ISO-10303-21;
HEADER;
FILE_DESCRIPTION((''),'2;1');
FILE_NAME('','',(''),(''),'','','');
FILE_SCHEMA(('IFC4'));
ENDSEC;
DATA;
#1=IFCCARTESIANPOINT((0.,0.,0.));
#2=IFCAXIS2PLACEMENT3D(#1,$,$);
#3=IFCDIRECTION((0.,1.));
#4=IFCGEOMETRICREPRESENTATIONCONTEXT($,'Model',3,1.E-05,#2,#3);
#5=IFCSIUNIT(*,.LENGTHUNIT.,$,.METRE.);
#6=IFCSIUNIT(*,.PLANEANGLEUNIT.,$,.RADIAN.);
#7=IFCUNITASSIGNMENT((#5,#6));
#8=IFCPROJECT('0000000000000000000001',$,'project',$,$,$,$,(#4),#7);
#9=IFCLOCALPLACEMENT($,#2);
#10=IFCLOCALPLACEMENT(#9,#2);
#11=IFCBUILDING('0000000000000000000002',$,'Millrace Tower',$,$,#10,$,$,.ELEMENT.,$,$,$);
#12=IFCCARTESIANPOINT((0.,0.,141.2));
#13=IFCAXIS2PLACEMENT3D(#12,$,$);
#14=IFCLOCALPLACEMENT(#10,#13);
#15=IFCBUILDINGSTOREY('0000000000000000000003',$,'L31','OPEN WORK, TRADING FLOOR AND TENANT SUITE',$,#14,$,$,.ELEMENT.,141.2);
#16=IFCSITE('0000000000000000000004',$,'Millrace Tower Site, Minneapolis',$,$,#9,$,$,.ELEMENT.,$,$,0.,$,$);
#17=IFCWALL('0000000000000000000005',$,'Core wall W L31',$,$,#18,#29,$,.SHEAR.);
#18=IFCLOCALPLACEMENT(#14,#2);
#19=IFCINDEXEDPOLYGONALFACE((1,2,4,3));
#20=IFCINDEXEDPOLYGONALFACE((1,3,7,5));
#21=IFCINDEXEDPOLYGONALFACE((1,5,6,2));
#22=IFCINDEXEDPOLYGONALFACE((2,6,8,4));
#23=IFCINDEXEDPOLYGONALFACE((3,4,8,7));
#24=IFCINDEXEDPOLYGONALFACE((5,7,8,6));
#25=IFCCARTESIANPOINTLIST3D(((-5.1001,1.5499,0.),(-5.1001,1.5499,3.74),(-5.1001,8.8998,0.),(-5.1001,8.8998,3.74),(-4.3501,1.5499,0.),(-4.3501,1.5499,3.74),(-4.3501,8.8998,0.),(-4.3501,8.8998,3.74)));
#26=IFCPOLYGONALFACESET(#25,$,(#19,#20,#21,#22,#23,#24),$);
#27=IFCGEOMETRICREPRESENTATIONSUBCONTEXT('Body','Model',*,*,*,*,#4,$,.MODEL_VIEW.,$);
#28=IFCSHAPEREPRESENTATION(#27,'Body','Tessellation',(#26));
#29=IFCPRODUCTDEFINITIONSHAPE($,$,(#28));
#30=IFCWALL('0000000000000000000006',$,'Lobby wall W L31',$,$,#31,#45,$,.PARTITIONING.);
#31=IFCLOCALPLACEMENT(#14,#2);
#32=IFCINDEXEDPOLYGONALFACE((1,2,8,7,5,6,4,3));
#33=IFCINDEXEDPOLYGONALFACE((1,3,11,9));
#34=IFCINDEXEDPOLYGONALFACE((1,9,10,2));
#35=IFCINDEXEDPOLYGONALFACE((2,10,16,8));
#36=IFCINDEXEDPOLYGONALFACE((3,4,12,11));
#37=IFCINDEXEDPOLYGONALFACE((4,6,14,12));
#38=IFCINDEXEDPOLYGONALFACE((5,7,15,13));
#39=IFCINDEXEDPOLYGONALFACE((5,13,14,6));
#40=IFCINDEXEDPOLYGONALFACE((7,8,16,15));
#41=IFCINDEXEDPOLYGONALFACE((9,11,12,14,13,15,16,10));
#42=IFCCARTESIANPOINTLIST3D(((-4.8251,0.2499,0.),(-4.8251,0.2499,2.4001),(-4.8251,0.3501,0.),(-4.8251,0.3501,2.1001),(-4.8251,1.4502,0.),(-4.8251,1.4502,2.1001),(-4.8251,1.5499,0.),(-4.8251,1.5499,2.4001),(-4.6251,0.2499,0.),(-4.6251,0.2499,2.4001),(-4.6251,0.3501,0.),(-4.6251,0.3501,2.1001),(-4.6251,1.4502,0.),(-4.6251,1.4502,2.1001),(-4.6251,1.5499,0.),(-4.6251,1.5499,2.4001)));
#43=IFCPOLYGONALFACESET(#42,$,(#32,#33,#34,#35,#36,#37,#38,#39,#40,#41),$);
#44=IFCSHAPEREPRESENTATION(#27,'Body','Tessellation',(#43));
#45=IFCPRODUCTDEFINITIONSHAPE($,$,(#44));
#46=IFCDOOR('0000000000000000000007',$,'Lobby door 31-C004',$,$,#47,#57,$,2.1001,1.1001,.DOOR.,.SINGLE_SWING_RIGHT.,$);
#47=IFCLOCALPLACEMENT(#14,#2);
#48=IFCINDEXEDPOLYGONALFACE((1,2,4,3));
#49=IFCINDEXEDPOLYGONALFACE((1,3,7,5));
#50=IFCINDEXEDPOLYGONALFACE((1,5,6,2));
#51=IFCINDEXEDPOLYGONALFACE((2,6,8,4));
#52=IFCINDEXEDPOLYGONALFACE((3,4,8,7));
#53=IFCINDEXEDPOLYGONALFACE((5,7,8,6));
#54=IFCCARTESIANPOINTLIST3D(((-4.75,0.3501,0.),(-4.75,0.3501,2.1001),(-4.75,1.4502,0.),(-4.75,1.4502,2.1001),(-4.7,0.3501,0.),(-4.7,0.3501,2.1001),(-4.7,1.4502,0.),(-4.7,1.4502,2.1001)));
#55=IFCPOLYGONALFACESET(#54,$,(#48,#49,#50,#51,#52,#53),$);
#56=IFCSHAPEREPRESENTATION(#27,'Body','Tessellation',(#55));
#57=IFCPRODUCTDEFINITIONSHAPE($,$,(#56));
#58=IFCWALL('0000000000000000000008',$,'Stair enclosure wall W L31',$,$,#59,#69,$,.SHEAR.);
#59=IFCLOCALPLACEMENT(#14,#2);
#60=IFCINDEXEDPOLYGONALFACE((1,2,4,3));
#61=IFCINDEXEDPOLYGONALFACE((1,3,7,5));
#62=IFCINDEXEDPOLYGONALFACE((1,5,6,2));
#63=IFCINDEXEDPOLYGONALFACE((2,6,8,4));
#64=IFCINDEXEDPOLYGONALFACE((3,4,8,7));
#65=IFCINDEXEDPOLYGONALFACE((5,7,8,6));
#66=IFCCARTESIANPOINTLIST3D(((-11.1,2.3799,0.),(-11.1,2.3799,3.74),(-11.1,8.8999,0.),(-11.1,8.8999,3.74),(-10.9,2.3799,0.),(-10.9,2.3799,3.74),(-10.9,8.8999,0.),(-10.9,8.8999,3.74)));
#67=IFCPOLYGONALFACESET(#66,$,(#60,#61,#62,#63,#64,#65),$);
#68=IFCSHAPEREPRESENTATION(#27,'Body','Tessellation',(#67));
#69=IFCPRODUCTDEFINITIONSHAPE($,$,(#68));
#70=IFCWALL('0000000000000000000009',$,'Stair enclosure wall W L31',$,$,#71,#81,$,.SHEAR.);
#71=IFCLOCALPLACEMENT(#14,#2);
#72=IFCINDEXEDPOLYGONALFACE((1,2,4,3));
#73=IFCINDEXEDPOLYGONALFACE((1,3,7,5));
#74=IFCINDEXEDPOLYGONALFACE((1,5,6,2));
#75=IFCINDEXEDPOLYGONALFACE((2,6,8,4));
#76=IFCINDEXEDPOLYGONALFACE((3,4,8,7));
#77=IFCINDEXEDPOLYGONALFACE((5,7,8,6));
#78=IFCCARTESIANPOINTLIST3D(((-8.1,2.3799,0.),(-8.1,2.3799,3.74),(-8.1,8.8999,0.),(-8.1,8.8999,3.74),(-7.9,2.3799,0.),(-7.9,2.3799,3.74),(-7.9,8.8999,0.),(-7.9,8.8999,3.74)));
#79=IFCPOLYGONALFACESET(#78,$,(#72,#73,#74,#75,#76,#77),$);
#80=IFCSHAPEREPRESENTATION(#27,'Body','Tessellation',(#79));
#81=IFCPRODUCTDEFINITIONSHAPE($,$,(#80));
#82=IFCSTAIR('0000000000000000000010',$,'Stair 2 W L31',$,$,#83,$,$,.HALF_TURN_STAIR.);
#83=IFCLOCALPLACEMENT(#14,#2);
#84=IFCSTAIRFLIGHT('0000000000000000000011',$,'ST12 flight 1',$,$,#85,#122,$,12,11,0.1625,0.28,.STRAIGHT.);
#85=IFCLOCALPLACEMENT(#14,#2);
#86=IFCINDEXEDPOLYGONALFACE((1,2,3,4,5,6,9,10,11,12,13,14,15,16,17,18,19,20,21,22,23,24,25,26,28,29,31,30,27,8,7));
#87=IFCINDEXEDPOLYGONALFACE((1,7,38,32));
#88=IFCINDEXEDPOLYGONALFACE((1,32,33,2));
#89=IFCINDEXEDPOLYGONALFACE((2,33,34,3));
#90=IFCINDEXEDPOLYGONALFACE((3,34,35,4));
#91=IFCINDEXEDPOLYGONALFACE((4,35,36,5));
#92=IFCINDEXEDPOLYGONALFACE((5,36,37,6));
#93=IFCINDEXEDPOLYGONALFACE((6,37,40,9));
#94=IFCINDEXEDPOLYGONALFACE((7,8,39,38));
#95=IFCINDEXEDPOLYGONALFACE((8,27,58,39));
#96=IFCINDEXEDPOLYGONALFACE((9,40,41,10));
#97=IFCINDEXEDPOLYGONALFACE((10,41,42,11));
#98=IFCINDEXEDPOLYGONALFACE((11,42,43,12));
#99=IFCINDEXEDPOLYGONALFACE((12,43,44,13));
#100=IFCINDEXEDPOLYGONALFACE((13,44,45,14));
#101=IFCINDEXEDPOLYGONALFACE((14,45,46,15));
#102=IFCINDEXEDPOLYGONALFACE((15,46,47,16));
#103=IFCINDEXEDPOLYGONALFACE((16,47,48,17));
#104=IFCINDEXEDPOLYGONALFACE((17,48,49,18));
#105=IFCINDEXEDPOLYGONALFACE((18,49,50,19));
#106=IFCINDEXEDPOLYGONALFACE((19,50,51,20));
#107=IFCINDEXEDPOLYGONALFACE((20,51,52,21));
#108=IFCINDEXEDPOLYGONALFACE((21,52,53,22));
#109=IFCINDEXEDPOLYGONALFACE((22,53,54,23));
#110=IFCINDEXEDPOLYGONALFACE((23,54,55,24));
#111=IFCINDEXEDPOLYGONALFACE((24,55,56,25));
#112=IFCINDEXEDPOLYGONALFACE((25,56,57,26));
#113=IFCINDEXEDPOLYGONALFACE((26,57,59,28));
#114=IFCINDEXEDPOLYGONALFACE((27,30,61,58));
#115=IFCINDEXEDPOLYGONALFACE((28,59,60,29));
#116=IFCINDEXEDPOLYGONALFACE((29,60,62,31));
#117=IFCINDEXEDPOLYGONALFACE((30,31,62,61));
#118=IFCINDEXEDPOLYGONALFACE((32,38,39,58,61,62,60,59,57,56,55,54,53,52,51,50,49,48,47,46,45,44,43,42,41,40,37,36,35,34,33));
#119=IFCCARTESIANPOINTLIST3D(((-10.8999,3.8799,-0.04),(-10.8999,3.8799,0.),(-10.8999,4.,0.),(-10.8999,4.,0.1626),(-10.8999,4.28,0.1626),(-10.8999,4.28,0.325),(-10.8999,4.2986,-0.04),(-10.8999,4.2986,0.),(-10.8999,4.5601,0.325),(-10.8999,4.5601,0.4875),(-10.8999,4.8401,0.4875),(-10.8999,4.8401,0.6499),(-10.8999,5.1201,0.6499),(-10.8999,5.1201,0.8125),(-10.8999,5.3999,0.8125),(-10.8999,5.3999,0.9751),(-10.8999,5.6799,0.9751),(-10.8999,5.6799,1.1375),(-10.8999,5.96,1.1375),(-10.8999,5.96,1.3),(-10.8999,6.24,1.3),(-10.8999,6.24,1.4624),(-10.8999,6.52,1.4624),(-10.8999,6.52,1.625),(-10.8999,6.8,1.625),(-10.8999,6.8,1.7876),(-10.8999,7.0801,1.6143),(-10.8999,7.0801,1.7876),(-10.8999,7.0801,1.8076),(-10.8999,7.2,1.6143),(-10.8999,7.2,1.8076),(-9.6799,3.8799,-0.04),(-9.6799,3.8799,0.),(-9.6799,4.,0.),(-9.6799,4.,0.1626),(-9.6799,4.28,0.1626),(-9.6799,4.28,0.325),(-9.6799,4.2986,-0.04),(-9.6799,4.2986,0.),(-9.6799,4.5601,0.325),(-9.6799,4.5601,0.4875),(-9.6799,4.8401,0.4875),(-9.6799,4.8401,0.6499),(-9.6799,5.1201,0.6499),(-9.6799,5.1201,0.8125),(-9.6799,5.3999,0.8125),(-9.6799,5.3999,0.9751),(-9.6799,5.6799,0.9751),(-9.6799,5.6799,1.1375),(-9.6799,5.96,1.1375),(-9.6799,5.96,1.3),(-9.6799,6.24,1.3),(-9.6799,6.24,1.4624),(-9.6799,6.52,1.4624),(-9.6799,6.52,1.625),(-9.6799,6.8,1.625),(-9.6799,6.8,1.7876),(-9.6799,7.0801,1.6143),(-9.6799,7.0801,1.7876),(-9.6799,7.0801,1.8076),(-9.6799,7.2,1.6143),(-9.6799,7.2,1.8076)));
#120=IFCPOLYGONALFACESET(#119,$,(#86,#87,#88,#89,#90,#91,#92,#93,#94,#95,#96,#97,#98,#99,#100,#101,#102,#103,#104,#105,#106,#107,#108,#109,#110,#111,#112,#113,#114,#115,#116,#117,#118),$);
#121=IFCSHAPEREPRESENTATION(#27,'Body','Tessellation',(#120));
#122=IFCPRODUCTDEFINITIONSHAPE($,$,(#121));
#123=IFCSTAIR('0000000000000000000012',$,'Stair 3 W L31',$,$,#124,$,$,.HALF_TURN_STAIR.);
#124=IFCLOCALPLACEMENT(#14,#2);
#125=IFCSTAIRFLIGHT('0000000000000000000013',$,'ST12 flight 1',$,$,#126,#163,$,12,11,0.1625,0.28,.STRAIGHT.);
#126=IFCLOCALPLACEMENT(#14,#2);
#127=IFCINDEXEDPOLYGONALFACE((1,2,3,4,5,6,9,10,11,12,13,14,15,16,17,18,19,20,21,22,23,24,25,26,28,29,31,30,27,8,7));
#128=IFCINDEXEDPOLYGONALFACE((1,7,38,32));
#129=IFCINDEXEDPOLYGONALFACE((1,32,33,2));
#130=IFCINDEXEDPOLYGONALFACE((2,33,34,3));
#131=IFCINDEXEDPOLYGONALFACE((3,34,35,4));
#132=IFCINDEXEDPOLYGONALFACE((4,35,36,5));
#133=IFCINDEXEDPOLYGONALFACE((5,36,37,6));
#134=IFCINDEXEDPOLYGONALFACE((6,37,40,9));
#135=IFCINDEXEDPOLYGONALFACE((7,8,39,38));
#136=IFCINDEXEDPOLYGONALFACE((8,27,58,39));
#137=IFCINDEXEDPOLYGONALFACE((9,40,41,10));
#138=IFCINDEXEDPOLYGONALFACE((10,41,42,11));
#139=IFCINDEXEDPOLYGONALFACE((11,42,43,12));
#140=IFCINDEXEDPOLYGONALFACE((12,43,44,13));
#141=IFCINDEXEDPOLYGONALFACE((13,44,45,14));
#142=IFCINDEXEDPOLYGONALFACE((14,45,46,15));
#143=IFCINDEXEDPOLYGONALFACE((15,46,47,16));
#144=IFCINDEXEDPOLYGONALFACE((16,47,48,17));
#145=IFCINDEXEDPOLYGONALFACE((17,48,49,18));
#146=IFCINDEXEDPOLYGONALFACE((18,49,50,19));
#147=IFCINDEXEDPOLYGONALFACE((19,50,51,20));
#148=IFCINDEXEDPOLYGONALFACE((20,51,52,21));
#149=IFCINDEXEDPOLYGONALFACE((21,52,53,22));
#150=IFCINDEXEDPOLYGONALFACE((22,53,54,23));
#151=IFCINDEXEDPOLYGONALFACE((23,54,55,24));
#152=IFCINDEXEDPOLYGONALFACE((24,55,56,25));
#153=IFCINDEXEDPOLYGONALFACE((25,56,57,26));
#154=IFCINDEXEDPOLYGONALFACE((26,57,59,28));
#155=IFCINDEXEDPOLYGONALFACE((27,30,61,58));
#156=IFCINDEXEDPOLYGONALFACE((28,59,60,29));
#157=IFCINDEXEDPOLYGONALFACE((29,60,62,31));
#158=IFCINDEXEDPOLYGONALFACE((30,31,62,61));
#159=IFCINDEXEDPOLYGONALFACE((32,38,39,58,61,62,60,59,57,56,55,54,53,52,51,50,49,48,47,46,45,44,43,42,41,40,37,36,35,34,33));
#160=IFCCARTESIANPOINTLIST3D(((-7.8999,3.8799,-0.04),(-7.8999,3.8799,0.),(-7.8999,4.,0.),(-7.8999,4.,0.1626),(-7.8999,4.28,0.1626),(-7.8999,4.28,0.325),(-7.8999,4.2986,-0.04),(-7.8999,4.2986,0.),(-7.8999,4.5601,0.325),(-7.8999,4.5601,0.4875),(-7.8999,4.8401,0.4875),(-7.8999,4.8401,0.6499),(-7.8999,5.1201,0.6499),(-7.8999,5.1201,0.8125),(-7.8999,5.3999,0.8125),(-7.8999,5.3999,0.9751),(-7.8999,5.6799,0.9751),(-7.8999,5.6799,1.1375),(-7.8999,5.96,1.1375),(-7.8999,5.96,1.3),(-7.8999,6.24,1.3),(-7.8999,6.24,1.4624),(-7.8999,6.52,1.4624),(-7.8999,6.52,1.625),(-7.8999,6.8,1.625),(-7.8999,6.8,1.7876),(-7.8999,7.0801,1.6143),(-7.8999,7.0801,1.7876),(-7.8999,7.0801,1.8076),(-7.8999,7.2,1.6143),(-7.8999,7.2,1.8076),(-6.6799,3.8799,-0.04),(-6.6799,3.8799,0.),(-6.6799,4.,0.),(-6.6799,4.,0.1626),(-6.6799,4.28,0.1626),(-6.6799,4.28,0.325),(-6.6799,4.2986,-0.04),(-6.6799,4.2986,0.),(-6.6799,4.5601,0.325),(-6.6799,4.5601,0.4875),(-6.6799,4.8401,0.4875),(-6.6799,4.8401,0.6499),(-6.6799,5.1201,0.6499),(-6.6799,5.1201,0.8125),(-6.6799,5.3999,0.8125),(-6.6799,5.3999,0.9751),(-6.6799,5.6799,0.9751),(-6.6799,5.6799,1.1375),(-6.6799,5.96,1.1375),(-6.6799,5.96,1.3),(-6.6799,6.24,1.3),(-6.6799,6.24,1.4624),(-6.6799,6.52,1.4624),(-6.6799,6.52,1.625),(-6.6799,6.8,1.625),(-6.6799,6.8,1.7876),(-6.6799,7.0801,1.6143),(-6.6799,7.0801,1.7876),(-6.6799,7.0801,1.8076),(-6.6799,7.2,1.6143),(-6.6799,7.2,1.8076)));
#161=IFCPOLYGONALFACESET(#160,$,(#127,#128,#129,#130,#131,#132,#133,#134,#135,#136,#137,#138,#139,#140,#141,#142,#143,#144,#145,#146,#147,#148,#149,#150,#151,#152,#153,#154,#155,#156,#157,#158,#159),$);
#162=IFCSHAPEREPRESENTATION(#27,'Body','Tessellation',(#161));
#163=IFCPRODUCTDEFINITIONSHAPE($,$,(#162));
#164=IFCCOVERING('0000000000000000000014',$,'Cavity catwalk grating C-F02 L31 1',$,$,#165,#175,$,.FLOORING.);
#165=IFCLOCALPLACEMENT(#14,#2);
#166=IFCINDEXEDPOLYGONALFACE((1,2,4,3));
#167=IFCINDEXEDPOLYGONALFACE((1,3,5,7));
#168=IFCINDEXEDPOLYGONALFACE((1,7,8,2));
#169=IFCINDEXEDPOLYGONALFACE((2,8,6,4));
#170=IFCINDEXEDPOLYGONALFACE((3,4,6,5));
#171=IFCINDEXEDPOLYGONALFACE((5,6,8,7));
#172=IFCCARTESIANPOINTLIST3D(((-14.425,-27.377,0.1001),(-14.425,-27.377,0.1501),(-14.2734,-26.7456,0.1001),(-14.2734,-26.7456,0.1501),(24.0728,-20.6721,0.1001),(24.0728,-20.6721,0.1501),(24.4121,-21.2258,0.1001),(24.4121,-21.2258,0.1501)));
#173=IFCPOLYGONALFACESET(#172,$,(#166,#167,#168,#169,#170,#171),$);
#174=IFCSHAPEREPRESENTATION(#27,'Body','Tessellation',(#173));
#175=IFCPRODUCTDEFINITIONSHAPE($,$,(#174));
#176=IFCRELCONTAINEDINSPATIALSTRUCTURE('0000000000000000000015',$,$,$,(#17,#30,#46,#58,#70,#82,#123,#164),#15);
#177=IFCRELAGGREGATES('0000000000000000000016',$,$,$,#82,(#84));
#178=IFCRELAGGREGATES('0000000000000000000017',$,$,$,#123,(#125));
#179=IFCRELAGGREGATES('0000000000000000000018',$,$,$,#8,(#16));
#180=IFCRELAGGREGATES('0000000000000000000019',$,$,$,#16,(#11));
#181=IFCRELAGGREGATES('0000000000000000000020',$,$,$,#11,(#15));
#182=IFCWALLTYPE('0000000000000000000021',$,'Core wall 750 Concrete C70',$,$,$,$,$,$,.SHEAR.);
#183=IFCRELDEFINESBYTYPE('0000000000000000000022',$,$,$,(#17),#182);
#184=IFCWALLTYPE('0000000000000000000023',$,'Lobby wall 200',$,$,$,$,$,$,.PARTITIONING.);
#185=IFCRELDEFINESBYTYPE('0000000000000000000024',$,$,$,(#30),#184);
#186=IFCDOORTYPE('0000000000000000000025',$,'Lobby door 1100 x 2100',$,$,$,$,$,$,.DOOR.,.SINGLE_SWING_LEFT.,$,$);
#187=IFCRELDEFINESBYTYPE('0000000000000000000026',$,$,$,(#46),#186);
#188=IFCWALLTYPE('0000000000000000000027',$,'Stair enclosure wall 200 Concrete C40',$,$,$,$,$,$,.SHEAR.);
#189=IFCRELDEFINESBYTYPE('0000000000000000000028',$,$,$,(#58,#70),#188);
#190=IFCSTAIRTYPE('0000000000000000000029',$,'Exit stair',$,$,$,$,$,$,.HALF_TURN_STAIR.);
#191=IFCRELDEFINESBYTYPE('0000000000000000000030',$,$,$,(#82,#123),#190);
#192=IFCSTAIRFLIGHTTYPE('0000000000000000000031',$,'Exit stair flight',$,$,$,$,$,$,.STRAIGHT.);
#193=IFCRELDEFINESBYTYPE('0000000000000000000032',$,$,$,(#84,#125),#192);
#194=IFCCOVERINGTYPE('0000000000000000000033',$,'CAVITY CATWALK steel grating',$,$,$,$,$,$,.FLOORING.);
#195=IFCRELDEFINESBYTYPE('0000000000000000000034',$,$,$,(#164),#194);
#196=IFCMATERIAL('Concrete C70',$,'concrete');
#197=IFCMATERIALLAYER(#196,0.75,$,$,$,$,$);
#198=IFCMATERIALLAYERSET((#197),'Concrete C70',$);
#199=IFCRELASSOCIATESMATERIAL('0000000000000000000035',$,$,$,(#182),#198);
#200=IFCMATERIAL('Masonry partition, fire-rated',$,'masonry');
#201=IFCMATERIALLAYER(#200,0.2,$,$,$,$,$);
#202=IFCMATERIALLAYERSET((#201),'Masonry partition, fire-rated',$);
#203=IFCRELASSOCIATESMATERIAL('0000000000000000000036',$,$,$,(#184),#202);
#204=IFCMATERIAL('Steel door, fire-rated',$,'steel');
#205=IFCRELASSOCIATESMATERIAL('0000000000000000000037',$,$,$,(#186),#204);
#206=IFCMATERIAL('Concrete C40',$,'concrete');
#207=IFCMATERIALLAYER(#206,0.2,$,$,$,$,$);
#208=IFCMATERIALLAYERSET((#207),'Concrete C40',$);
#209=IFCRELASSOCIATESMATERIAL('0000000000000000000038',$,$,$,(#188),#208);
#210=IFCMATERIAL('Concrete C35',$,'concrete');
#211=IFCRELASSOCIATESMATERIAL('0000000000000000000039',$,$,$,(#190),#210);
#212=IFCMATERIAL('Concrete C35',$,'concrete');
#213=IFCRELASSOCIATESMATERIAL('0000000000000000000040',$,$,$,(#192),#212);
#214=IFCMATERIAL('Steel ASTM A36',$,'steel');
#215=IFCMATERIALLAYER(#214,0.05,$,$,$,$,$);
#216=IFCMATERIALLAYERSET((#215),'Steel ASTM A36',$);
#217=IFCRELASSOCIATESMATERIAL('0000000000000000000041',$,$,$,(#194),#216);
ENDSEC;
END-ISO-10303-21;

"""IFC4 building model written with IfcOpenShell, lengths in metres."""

from ifc_helpers import new_model, si_unit, direction, frame, frame_2d, origin, place, context, subcontext, project, spatial, polyline, rectangle, outline, extrude, material, layer, layer_set, type_object, element, fill, aggregate, save


model = new_model("IFC4")

# Units and contexts
model_context = context("Model", 3, precision=1e-05, world=origin(), true_north=direction((0.0, 1.0)))
body_context = subcontext(model_context, "Body", "Model", "MODEL_VIEW")
ifc_project = project(units=[si_unit("LENGTHUNIT", "METRE"), si_unit("PLANEANGLEUNIT", "RADIAN")], contexts=[model_context])

# Site, building, storey
site_placement = place(None, origin())
site = spatial("IfcSite", under=ifc_project, at=site_placement, Name="Millrace Tower Site, Minneapolis", CompositionType="ELEMENT", RefElevation=0.0)
building_placement = place(site_placement, origin())
building = spatial("IfcBuilding", under=site, at=building_placement, Name="Millrace Tower", CompositionType="ELEMENT")
storey_placement = place(building_placement, frame((0.0, 0.0, 141.2)))
storey = spatial("IfcBuildingStorey", under=building, at=storey_placement, Name="L31", Description="OPEN WORK, TRADING FLOOR AND TENANT SUITE", CompositionType="ELEMENT", Elevation=141.2)

# Shared definitions
placement_1 = place(storey_placement, origin())

# Wall
ifc_material_1 = material(Name="Concrete C70", Category="concrete")
ifc_layer_1 = layer(ifc_material_1, 0.75)
ifc_layer_set_1 = layer_set([ifc_layer_1], Name="Concrete C70")
wall_type_1 = type_object("IfcWallType", Name="Core wall 750 Concrete C70", PredefinedType="SHEAR", material=ifc_layer_set_1)
wall_1_placement = place(storey_placement, frame((-4.7251, 1.55, 0.0), z_axis=(0.0, 0.0, 1.0), x_axis=(0.0, 1.0, 0.0)))
element("IfcWall", 1, at=wall_1_placement, inside=storey, type_object=wall_type_1, Name="Core wall W L31", PredefinedType="SHEAR", context=body_context, shape_type="SweptSolid", body=[
    extrude(rectangle(XDim=7.3499, YDim=0.75, at=frame_2d((3.6748, 0.0))), origin(), (0.0, 0.0, 1.0), 3.74),
])

# Wall, opening, door
ifc_material_2 = material(Name="Masonry partition, fire-rated", Category="masonry")
ifc_layer_2 = layer(ifc_material_2, 0.2)
ifc_layer_set_2 = layer_set([ifc_layer_2], Name="Masonry partition, fire-rated")
wall_type_2 = type_object("IfcWallType", Name="Lobby wall 200", PredefinedType="PARTITIONING", material=ifc_layer_set_2)
wall_2_placement = place(storey_placement, frame((-4.7251, 0.25, 0.0), z_axis=(0.0, 0.0, 1.0), x_axis=(0.0, 1.0, 0.0)))
wall_2 = element("IfcWall", 2, at=wall_2_placement, inside=storey, type_object=wall_type_2, Name="Lobby wall W L31", PredefinedType="PARTITIONING", context=body_context, shape_type="SweptSolid", body=[
    extrude(rectangle(XDim=1.3, YDim=0.2, at=frame_2d((0.6499, 0.0))), origin(), (0.0, 0.0, 1.0), 2.4001),
])
opening_placement = place(wall_2_placement, frame((0.1001, 0.0, 0.0)))
opening = element("IfcOpeningElement", 3, at=opening_placement, cuts=wall_2, PredefinedType="OPENING", context=body_context, shape_type="SweptSolid", body=[
    extrude(rectangle(XDim=1.1001, YDim=2.1001, at=frame_2d((0.55, 1.05))), frame((0.0, 0.1099, 0.0), z_axis=(0.0, -1.0, 0.0), x_axis=(1.0, 0.0, 0.0)), (0.0, 0.0, 1.0), 0.22),
])
ifc_material_3 = material(Name="Steel door, fire-rated", Category="steel")
door_type = type_object("IfcDoorType", Name="Lobby door 1100 x 2100", OperationType="SINGLE_SWING_LEFT", PredefinedType="DOOR", material=ifc_material_3)
door_placement = place(opening_placement, origin())
door = element("IfcDoor", 4, at=door_placement, inside=storey, type_object=door_type, Name="Lobby door 31-C004", OperationType="SINGLE_SWING_RIGHT", OverallHeight=2.1001, OverallWidth=1.1001, PredefinedType="DOOR", context=body_context, shape_type="SweptSolid", body=[
    extrude(rectangle(XDim=1.1001, YDim=2.1001, at=frame_2d((0.55, 1.05))), frame((0.0, 0.0249, 0.0), z_axis=(0.0, -1.0, 0.0), x_axis=(1.0, 0.0, 0.0)), (0.0, 0.0, 1.0), 0.05),
])
fill(opening, door)

# Walls
ifc_material_4 = material(Name="Concrete C40", Category="concrete")
ifc_layer_3 = layer(ifc_material_4, 0.2)
ifc_layer_set_3 = layer_set([ifc_layer_3], Name="Concrete C40")
wall_type_3 = type_object("IfcWallType", Name="Stair enclosure wall 200 Concrete C40", PredefinedType="SHEAR", material=ifc_layer_set_3)
for number, where, z_axis, x_axis, name in (
    (5, (-11.0, 2.3799, 0.0), (0.0, 0.0, 1.0), (0.0, 1.0, 0.0), "Stair enclosure wall W L31"),
    (6, (-8.0, 2.3799, 0.0), (0.0, 0.0, 1.0), (0.0, 1.0, 0.0), "Stair enclosure wall W L31"),
):
    element("IfcWall", number, at=place(storey_placement, frame(where, z_axis=z_axis, x_axis=x_axis)), inside=storey, type_object=wall_type_3, Name=name, PredefinedType="SHEAR", context=body_context, shape_type="SweptSolid", body=[
        extrude(rectangle(XDim=6.52, YDim=0.2, at=frame_2d((3.26, 0.0))), origin(), (0.0, 0.0, 1.0), 3.74),
    ])

# Stairs, stair flights
ifc_material_5 = material(Name="Concrete C35", Category="concrete")
stair_type = type_object("IfcStairType", Name="Exit stair", PredefinedType="HALF_TURN_STAIR", material=ifc_material_5)
stair_1 = element("IfcStair", 7, at=placement_1, inside=storey, type_object=stair_type, Name="Stair 2 W L31", PredefinedType="HALF_TURN_STAIR")
ifc_material_6 = material(Name="Concrete C35", Category="concrete")
stair_flight_type = type_object("IfcStairFlightType", Name="Exit stair flight", PredefinedType="STRAIGHT", material=ifc_material_6)
stair_flight_1_placement = place(storey_placement, frame((-10.29, 4.0, 0.0), z_axis=(0.0, 0.0, 1.0), x_axis=(0.0, 1.0, 0.0)))
stair_flight_1 = element("IfcStairFlight", 8, at=stair_flight_1_placement, type_object=stair_flight_type, Name="ST12 flight 1", NumberOfRisers=12, NumberOfTreads=11, PredefinedType="STRAIGHT", RiserHeight=0.1625, TreadLength=0.28, context=body_context, shape_type="SweptSolid", body=[
    extrude(outline(polyline([(-0.1201, -0.04), (-0.1201, 0.0), (0.0, 0.0), (0.0, 0.1626), (0.28, 0.1626), (0.28, 0.325), (0.5601, 0.325), (0.5601, 0.4875), (0.8401, 0.4875), (0.8401, 0.6499), (1.1201, 0.6499), (1.1201, 0.8125), (1.3999, 0.8125), (1.3999, 0.9751), (1.6799, 0.9751), (1.6799, 1.1375), (1.96, 1.1375), (1.96, 1.3), (2.24, 1.3), (2.24, 1.4624), (2.52, 1.4624), (2.52, 1.625), (2.8, 1.625), (2.8, 1.7876), (3.0801, 1.7876), (3.0801, 1.8076), (3.2, 1.8076), (3.2, 1.6143), (3.0801, 1.6143), (0.2986, 0.0), (0.2986, -0.04), (-0.1201, -0.04)])), frame((0.0, 0.6099, 0.0), z_axis=(0.0, -1.0, 0.0), x_axis=(1.0, 0.0, 0.0)), (0.0, 0.0, 1.0), 1.22),
])
aggregate(stair_1, [stair_flight_1])
stair_2 = element("IfcStair", 9, at=placement_1, inside=storey, type_object=stair_type, Name="Stair 3 W L31", PredefinedType="HALF_TURN_STAIR")
stair_flight_2_placement = place(storey_placement, frame((-7.29, 4.0, 0.0), z_axis=(0.0, 0.0, 1.0), x_axis=(0.0, 1.0, 0.0)))
stair_flight_2 = element("IfcStairFlight", 10, at=stair_flight_2_placement, type_object=stair_flight_type, Name="ST12 flight 1", NumberOfRisers=12, NumberOfTreads=11, PredefinedType="STRAIGHT", RiserHeight=0.1625, TreadLength=0.28, context=body_context, shape_type="SweptSolid", body=[
    extrude(outline(polyline([(-0.1201, -0.04), (-0.1201, 0.0), (0.0, 0.0), (0.0, 0.1626), (0.28, 0.1626), (0.28, 0.325), (0.5601, 0.325), (0.5601, 0.4875), (0.8401, 0.4875), (0.8401, 0.6499), (1.1201, 0.6499), (1.1201, 0.8125), (1.3999, 0.8125), (1.3999, 0.9751), (1.6799, 0.9751), (1.6799, 1.1375), (1.96, 1.1375), (1.96, 1.3), (2.24, 1.3), (2.24, 1.4624), (2.52, 1.4624), (2.52, 1.625), (2.8, 1.625), (2.8, 1.7876), (3.0801, 1.7876), (3.0801, 1.8076), (3.2, 1.8076), (3.2, 1.6143), (3.0801, 1.6143), (0.2986, 0.0), (0.2986, -0.04), (-0.1201, -0.04)])), frame((0.0, 0.6099, 0.0), z_axis=(0.0, -1.0, 0.0), x_axis=(1.0, 0.0, 0.0)), (0.0, 0.0, 1.0), 1.22),
])
aggregate(stair_2, [stair_flight_2])

# Covering
ifc_material_7 = material(Name="Steel ASTM A36", Category="steel")
ifc_layer_4 = layer(ifc_material_7, 0.05)
ifc_layer_set_4 = layer_set([ifc_layer_4], Name="Steel ASTM A36")
covering_type = type_object("IfcCoveringType", Name="CAVITY CATWALK steel grating", PredefinedType="FLOORING", material=ifc_layer_set_4)
placement_2 = place(storey_placement, frame((0.0, 0.0, 0.1001)))
element("IfcCovering", 11, at=placement_2, inside=storey, type_object=covering_type, Name="Cavity catwalk grating C-F02 L31 1", PredefinedType="FLOORING", context=body_context, shape_type="SweptSolid", body=[
    extrude(outline(polyline([(-14.425, -27.377), (24.4121, -21.2258), (24.0728, -20.6721), (-14.2734, -26.7456), (-14.425, -27.377)])), origin(), (0.0, 0.0, 1.0), 0.05),
])

save(model, "model.ifc")
